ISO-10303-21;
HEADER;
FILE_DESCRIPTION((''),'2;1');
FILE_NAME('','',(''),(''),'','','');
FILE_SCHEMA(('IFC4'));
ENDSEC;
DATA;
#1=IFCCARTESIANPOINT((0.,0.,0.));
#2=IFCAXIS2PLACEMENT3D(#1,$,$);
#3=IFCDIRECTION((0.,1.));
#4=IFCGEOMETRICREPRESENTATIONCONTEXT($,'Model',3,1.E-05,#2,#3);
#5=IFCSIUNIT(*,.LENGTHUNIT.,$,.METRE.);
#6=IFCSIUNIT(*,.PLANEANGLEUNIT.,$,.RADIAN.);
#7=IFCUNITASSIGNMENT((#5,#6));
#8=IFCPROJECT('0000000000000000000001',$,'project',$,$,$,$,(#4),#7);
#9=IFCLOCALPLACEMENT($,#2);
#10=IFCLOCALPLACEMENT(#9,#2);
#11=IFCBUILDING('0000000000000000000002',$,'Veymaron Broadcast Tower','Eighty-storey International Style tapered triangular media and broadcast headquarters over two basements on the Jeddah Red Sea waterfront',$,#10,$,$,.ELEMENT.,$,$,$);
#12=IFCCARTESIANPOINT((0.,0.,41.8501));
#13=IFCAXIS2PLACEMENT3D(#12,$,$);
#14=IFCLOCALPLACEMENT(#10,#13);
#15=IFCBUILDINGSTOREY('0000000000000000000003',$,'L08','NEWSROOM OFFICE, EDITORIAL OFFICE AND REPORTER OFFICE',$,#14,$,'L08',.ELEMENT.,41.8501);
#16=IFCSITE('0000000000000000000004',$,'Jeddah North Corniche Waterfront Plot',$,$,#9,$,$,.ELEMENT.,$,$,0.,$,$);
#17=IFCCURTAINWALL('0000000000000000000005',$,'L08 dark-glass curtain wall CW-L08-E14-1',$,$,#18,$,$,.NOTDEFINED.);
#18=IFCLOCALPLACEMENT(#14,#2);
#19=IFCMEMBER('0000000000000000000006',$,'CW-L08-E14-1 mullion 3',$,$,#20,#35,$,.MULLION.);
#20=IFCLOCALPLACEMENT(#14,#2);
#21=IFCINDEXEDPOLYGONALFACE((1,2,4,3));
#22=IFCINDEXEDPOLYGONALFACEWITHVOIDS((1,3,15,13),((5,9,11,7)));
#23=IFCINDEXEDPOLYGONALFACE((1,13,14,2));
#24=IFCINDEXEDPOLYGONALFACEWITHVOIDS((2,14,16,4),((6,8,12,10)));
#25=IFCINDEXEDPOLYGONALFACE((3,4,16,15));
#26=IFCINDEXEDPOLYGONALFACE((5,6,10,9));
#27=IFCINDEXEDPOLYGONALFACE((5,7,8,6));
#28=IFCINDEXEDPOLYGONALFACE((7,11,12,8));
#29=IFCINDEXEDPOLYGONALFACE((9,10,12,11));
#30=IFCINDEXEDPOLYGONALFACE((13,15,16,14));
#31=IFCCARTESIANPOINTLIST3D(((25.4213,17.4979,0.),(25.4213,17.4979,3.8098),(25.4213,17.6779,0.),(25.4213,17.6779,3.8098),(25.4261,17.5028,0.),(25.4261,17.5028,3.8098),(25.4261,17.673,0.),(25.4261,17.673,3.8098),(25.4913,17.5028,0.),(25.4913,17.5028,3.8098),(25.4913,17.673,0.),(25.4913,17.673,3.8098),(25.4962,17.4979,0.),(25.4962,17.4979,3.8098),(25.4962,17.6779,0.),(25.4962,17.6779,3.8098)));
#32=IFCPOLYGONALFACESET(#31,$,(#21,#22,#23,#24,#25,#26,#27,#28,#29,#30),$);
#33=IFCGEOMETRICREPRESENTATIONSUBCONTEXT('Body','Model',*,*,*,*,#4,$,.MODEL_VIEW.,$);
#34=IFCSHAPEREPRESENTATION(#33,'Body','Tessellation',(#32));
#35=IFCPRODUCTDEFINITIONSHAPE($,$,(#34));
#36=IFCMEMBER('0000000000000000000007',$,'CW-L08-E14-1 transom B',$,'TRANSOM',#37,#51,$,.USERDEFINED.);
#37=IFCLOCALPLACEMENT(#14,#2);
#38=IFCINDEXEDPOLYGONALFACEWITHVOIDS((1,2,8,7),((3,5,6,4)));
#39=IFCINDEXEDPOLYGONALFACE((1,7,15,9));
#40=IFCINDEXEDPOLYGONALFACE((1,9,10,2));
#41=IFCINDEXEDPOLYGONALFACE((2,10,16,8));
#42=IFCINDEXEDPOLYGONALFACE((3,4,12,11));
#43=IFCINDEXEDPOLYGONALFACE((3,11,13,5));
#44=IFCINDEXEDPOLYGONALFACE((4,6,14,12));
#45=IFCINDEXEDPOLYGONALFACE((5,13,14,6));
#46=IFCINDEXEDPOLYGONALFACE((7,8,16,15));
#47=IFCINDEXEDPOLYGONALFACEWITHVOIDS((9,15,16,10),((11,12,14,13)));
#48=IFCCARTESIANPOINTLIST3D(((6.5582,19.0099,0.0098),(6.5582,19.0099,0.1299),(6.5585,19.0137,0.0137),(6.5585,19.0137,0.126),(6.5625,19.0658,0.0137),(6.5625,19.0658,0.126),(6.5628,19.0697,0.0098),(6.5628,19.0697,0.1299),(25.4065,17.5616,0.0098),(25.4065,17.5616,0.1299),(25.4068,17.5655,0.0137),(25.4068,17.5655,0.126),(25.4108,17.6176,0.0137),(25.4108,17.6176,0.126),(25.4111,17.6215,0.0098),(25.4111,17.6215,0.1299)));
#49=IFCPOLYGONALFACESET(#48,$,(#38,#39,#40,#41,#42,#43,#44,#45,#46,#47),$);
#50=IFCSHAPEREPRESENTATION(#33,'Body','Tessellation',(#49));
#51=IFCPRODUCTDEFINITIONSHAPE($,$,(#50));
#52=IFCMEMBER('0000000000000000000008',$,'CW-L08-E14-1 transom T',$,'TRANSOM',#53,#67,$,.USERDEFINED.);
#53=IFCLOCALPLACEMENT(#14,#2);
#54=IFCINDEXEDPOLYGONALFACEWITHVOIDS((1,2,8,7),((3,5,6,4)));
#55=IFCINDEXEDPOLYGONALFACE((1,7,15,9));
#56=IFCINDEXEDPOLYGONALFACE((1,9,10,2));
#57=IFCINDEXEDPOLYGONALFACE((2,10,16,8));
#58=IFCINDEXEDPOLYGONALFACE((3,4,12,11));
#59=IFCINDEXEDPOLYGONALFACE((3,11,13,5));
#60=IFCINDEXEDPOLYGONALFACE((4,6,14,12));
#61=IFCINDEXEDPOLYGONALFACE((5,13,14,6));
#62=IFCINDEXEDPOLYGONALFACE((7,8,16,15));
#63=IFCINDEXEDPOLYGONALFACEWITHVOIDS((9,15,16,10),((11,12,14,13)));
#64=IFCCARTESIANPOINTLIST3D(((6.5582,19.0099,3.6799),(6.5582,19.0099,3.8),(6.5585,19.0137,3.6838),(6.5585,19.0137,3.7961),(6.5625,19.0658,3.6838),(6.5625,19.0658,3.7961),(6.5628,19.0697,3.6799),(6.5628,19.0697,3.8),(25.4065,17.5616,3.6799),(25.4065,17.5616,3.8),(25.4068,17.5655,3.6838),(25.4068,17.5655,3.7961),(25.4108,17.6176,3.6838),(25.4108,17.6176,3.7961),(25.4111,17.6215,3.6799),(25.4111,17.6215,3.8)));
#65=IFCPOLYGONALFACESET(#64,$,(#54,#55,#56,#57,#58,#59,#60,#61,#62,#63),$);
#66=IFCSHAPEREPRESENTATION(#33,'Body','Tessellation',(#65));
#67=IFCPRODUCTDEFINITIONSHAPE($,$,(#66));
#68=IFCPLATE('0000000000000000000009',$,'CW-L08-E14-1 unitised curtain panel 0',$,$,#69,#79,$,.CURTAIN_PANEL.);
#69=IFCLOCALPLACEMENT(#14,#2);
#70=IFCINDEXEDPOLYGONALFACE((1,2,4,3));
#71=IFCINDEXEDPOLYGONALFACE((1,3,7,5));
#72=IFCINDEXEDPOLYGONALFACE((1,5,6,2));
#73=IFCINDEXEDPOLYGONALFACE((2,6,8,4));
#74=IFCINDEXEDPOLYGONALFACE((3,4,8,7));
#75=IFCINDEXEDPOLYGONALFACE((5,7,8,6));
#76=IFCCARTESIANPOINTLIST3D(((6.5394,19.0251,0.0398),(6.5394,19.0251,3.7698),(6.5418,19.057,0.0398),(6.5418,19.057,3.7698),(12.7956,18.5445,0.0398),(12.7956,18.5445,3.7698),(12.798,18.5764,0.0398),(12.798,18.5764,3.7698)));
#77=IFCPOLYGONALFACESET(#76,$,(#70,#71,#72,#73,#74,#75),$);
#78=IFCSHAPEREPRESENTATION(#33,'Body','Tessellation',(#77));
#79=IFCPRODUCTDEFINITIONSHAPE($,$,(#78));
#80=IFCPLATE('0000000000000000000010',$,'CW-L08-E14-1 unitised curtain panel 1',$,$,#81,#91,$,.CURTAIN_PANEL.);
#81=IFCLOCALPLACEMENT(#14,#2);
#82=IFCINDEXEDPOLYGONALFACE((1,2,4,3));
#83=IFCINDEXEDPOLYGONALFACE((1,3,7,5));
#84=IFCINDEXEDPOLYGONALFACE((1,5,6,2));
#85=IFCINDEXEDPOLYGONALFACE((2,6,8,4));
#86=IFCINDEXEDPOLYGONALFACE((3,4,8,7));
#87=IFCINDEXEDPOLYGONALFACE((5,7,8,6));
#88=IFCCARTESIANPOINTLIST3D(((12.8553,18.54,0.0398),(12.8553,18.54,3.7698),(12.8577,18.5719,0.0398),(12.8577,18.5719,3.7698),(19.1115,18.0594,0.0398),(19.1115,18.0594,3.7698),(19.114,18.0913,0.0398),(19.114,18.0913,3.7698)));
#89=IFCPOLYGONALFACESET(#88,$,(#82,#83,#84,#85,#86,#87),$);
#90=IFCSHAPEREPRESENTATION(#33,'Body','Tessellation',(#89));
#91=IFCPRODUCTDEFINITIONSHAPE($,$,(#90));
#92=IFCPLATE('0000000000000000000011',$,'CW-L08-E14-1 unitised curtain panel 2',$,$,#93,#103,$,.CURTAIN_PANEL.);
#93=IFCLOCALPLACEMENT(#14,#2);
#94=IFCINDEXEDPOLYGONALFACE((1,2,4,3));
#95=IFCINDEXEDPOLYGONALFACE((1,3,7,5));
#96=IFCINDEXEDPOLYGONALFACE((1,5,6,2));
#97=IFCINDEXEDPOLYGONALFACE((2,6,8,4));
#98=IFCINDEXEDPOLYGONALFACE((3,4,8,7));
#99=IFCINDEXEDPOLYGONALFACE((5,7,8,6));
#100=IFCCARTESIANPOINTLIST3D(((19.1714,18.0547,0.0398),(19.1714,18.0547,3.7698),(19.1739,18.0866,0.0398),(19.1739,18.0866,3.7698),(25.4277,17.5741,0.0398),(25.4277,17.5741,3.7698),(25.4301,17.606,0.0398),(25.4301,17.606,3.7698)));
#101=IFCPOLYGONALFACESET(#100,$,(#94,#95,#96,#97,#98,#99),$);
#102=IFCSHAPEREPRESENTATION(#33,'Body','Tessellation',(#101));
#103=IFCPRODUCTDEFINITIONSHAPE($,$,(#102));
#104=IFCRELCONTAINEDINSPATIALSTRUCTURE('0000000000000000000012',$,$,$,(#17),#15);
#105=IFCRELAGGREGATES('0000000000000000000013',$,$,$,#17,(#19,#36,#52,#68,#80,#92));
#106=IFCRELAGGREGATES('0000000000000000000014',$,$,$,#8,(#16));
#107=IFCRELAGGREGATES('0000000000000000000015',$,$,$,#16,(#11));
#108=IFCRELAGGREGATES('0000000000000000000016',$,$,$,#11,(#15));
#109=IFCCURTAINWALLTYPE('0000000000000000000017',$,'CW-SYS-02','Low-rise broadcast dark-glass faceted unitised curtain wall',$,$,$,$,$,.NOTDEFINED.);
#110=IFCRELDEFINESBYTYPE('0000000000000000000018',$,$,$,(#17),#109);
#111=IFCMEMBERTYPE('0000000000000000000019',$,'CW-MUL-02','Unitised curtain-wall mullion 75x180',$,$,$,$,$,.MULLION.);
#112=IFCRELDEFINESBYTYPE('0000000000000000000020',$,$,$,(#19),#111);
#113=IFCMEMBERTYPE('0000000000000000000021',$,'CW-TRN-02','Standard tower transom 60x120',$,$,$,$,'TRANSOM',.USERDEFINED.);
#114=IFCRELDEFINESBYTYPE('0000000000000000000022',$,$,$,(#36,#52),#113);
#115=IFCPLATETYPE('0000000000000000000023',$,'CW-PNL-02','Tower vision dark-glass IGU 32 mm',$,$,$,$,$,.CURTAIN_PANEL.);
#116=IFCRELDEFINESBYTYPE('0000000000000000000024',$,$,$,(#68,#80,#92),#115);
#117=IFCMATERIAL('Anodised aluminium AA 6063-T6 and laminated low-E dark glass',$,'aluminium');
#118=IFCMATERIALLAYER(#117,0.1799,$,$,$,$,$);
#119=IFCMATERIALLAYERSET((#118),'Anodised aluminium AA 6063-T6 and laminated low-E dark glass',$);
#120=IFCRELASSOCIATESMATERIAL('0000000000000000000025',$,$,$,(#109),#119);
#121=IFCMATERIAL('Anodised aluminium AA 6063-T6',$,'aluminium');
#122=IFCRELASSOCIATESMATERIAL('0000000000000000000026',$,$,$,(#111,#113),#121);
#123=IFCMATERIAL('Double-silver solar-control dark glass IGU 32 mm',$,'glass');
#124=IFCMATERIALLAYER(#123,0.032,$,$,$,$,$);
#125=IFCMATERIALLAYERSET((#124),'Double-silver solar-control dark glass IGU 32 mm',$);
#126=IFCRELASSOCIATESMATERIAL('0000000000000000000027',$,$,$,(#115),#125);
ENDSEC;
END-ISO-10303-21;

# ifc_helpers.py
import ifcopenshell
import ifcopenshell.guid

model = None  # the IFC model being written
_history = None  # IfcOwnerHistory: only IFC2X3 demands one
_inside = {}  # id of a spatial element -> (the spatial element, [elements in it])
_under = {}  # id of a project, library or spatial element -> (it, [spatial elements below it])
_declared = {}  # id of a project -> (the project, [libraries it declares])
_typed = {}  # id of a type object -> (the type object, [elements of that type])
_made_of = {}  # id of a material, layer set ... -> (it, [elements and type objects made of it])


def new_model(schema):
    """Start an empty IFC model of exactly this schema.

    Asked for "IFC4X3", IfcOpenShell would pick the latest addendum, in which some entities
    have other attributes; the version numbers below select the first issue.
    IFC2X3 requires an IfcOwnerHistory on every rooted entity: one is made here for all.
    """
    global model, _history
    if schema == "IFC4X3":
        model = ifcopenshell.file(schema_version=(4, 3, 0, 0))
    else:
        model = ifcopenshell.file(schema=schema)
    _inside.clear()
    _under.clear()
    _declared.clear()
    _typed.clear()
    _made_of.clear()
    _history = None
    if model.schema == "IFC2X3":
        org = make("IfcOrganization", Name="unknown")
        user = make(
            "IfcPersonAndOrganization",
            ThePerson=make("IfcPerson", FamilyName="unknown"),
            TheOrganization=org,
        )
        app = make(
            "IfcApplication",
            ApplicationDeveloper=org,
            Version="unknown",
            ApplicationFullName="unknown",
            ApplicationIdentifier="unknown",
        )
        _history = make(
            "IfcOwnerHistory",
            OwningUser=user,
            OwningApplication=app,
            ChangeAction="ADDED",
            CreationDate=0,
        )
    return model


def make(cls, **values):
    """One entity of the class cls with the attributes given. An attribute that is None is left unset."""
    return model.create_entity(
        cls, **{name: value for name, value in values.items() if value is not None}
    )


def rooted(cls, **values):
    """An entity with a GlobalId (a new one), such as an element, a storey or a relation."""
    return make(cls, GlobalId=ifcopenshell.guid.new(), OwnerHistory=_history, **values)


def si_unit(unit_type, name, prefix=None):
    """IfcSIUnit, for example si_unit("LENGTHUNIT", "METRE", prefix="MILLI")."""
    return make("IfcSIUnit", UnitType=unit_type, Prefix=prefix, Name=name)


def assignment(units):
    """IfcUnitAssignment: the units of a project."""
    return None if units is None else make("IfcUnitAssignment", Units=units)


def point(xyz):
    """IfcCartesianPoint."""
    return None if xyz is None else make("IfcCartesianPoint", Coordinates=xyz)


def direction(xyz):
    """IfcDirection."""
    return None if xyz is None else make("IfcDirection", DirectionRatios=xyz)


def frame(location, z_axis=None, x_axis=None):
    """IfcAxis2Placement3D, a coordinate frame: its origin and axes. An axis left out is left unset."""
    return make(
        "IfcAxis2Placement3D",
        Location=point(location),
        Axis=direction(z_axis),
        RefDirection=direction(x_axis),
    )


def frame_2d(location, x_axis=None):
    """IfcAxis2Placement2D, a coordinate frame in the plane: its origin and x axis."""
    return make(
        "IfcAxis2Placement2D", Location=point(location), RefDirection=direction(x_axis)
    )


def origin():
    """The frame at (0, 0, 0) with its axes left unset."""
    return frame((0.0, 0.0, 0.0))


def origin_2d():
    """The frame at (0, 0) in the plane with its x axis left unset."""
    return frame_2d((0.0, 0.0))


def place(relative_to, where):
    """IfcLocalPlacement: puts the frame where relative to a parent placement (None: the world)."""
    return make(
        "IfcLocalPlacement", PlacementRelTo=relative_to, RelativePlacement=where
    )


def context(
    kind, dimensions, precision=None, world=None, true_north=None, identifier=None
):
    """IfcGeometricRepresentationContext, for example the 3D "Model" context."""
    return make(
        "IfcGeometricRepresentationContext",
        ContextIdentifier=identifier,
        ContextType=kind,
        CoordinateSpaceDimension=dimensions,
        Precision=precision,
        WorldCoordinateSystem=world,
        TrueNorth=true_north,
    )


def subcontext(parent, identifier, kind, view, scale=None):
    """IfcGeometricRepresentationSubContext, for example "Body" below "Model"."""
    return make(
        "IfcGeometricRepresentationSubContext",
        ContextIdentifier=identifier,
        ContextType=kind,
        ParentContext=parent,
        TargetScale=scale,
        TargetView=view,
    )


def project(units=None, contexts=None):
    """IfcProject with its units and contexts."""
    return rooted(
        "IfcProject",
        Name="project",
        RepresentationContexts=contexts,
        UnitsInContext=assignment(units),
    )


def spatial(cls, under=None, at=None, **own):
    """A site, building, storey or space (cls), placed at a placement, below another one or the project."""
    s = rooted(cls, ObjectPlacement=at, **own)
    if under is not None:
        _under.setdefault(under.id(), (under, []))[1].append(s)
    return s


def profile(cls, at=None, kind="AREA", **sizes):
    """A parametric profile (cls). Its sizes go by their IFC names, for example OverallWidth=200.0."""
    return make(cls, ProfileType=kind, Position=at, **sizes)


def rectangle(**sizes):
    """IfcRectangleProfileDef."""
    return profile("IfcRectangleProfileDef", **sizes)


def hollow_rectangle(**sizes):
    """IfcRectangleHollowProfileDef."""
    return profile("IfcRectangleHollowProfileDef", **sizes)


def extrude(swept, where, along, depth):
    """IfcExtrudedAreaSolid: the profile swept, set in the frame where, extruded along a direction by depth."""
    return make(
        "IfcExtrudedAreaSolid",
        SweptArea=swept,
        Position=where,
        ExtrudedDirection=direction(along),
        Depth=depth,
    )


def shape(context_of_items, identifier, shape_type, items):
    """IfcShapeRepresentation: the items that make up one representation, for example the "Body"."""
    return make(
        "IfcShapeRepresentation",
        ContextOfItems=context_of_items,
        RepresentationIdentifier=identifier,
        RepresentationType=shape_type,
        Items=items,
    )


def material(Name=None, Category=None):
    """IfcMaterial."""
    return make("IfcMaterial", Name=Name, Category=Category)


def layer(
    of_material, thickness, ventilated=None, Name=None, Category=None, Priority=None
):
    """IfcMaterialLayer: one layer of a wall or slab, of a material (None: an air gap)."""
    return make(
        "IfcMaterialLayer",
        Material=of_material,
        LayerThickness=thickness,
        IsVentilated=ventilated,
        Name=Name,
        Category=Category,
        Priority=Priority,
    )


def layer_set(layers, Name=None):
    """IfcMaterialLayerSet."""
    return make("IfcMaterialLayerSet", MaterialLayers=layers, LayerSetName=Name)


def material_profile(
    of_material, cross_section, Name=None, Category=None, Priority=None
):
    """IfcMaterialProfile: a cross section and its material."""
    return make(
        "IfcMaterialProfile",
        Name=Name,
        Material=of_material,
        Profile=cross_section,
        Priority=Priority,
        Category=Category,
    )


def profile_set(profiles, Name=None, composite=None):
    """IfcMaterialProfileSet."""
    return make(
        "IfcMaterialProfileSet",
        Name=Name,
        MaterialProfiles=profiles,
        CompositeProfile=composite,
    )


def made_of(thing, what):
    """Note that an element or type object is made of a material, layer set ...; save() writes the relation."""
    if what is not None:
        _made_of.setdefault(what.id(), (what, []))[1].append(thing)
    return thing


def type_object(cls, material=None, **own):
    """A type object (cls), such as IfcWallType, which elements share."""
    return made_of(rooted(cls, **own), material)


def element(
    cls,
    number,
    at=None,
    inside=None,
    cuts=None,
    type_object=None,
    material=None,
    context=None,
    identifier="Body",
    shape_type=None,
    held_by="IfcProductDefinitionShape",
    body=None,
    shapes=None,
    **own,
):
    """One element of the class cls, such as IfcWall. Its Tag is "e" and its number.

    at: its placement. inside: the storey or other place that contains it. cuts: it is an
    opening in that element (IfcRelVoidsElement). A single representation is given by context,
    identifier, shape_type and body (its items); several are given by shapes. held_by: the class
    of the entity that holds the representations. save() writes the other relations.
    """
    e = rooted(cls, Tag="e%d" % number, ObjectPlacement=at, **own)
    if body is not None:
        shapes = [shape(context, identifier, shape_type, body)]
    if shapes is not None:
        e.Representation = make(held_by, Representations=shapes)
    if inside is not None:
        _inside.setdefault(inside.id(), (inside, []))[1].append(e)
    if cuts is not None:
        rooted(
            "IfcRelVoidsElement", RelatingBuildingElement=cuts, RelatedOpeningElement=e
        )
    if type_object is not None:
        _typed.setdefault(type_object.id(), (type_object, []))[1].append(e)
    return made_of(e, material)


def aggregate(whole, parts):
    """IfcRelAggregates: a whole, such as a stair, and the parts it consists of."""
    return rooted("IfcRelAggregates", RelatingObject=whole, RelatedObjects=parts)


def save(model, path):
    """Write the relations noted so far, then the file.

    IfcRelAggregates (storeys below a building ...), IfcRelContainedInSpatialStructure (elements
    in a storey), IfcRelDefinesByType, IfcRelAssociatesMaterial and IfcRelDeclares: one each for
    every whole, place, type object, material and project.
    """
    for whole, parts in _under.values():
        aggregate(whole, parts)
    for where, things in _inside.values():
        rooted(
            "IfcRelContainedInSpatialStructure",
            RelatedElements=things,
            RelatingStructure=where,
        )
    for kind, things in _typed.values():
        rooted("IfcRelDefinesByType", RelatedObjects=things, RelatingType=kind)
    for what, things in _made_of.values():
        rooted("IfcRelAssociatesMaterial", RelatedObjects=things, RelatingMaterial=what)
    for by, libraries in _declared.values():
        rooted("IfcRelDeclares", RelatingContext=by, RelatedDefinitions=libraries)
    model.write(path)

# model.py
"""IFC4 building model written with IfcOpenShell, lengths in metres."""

from ifc_helpers import new_model, si_unit, direction, frame, origin, origin_2d, place, context, subcontext, project, spatial, rectangle, hollow_rectangle, extrude, material, layer, layer_set, material_profile, profile_set, type_object, element, aggregate, save


model = new_model("IFC4")

# Units and contexts
model_context = context("Model", 3, precision=1e-05, world=origin(), true_north=direction((0.0, 1.0)))
body_context = subcontext(model_context, "Body", "Model", "MODEL_VIEW")
ifc_project = project(units=[si_unit("LENGTHUNIT", "METRE"), si_unit("PLANEANGLEUNIT", "RADIAN")], contexts=[model_context])

# Site, building, storey
site_placement = place(None, origin())
site = spatial("IfcSite", under=ifc_project, at=site_placement, Name="Jeddah North Corniche Waterfront Plot", CompositionType="ELEMENT", RefElevation=0.0)
building_placement = place(site_placement, origin())
building = spatial("IfcBuilding", under=site, at=building_placement, Name="Veymaron Broadcast Tower", Description="Eighty-storey International Style tapered triangular media and broadcast headquarters over two basements on the Jeddah Red Sea waterfront", CompositionType="ELEMENT")
storey_placement = place(building_placement, frame((0.0, 0.0, 41.8501)))
storey = spatial("IfcBuildingStorey", under=building, at=storey_placement, Name="L08", Description="NEWSROOM OFFICE, EDITORIAL OFFICE AND REPORTER OFFICE", LongName="L08", CompositionType="ELEMENT", Elevation=41.8501)

# Curtain wall, members, plates
ifc_material_1 = material(Name="Anodised aluminium AA 6063-T6 and laminated low-E dark glass", Category="aluminium")
ifc_layer_1 = layer(ifc_material_1, 0.1799)
ifc_layer_set_1 = layer_set([ifc_layer_1], Name="Anodised aluminium AA 6063-T6 and laminated low-E dark glass")
curtain_wall_type = type_object("IfcCurtainWallType", Name="CW-SYS-02", Description="Low-rise broadcast dark-glass faceted unitised curtain wall", PredefinedType="NOTDEFINED", material=ifc_layer_set_1)
curtain_wall_placement = place(storey_placement, origin())
curtain_wall = element("IfcCurtainWall", 1, at=curtain_wall_placement, inside=storey, type_object=curtain_wall_type, Name="L08 dark-glass curtain wall CW-L08-E14-1", PredefinedType="NOTDEFINED")
ifc_material_2 = material(Name="Anodised aluminium AA 6063-T6", Category="aluminium")
ifc_material_profile_1 = material_profile(ifc_material_2, hollow_rectangle(XDim=0.075, YDim=0.1799, WallThickness=0.0049, at=origin_2d()), Name="AL180X75X5")
ifc_profile_set_1 = profile_set([ifc_material_profile_1], Name="Anodised aluminium AA 6063-T6")
member_type_1 = type_object("IfcMemberType", Name="CW-MUL-02", Description="Unitised curtain-wall mullion 75x180", PredefinedType="MULLION", material=ifc_profile_set_1)
member_1_placement = place(storey_placement, frame((25.4587, 17.5879, 0.0), z_axis=(0.0, 0.0, 1.0), x_axis=(1.0, 0.0, 0.0)))
member_1 = element("IfcMember", 2, at=member_1_placement, type_object=member_type_1, Name="CW-L08-E14-1 mullion 3", PredefinedType="MULLION", context=body_context, shape_type="SweptSolid", body=[
    extrude(hollow_rectangle(XDim=0.075, YDim=0.1799, WallThickness=0.0049, at=origin_2d()), origin(), (0.0, 0.0, 1.0), 3.8098),
])
ifc_material_profile_2 = material_profile(ifc_material_2, hollow_rectangle(XDim=0.0601, YDim=0.1201, WallThickness=0.0039, at=origin_2d()), Name="AL120X60X4")
ifc_profile_set_2 = profile_set([ifc_material_profile_2], Name="Anodised aluminium AA 6063-T6")
member_type_2 = type_object("IfcMemberType", Name="CW-TRN-02", Description="Standard tower transom 60x120", ElementType="TRANSOM", PredefinedType="USERDEFINED", material=ifc_profile_set_2)
member_2_placement = place(storey_placement, frame((6.5605, 19.0398, 0.0698), z_axis=(0.997061, -0.076612, 0.0), x_axis=(0.076612, 0.997061, 0.0)))
member_2 = element("IfcMember", 3, at=member_2_placement, type_object=member_type_2, Name="CW-L08-E14-1 transom B", ObjectType="TRANSOM", PredefinedType="USERDEFINED", context=body_context, shape_type="SweptSolid", body=[
    extrude(hollow_rectangle(XDim=0.0601, YDim=0.1201, WallThickness=0.0039, at=origin_2d()), origin(), (0.0, 0.0, 1.0), 18.9038),
])
member_3_placement = place(storey_placement, frame((6.5605, 19.0398, 3.74), z_axis=(0.997061, -0.076612, 0.0), x_axis=(0.076612, 0.997061, 0.0)))
member_3 = element("IfcMember", 4, at=member_3_placement, type_object=member_type_2, Name="CW-L08-E14-1 transom T", ObjectType="TRANSOM", PredefinedType="USERDEFINED", context=body_context, shape_type="SweptSolid", body=[
    extrude(hollow_rectangle(XDim=0.0601, YDim=0.1201, WallThickness=0.0039, at=origin_2d()), origin(), (0.0, 0.0, 1.0), 18.9038),
])
ifc_material_3 = material(Name="Double-silver solar-control dark glass IGU 32 mm", Category="glass")
ifc_layer_2 = layer(ifc_material_3, 0.032)
ifc_layer_set_2 = layer_set([ifc_layer_2], Name="Double-silver solar-control dark glass IGU 32 mm")
plate_type = type_object("IfcPlateType", Name="CW-PNL-02", Description="Tower vision dark-glass IGU 32 mm", PredefinedType="CURTAIN_PANEL", material=ifc_layer_set_2)
plate_1_placement = place(storey_placement, frame((9.6687, 18.8008, 0.0398), z_axis=(0.0, 0.0, 1.0), x_axis=(0.997062, -0.076597, 0.0)))
plate_1 = element("IfcPlate", 5, at=plate_1_placement, type_object=plate_type, Name="CW-L08-E14-1 unitised curtain panel 0", PredefinedType="CURTAIN_PANEL", context=body_context, shape_type="SweptSolid", body=[
    extrude(rectangle(XDim=6.2747, YDim=0.032, at=origin_2d()), origin(), (0.0, 0.0, 1.0), 3.73),
])
plate_2_placement = place(storey_placement, frame((15.9846, 18.3157, 0.0398), z_axis=(0.0, 0.0, 1.0), x_axis=(0.997062, -0.076597, 0.0)))
plate_2 = element("IfcPlate", 6, at=plate_2_placement, type_object=plate_type, Name="CW-L08-E14-1 unitised curtain panel 1", PredefinedType="CURTAIN_PANEL", context=body_context, shape_type="SweptSolid", body=[
    extrude(rectangle(XDim=6.2747, YDim=0.032, at=origin_2d()), origin(), (0.0, 0.0, 1.0), 3.73),
])
plate_3_placement = place(storey_placement, frame((22.3008, 17.8303, 0.0398), z_axis=(0.0, 0.0, 1.0), x_axis=(0.997062, -0.076597, 0.0)))
plate_3 = element("IfcPlate", 7, at=plate_3_placement, type_object=plate_type, Name="CW-L08-E14-1 unitised curtain panel 2", PredefinedType="CURTAIN_PANEL", context=body_context, shape_type="SweptSolid", body=[
    extrude(rectangle(XDim=6.2747, YDim=0.032, at=origin_2d()), origin(), (0.0, 0.0, 1.0), 3.73),
])
aggregate(curtain_wall, [member_1, member_2, member_3, plate_1, plate_2, plate_3])

save(model, "model.ifc")
